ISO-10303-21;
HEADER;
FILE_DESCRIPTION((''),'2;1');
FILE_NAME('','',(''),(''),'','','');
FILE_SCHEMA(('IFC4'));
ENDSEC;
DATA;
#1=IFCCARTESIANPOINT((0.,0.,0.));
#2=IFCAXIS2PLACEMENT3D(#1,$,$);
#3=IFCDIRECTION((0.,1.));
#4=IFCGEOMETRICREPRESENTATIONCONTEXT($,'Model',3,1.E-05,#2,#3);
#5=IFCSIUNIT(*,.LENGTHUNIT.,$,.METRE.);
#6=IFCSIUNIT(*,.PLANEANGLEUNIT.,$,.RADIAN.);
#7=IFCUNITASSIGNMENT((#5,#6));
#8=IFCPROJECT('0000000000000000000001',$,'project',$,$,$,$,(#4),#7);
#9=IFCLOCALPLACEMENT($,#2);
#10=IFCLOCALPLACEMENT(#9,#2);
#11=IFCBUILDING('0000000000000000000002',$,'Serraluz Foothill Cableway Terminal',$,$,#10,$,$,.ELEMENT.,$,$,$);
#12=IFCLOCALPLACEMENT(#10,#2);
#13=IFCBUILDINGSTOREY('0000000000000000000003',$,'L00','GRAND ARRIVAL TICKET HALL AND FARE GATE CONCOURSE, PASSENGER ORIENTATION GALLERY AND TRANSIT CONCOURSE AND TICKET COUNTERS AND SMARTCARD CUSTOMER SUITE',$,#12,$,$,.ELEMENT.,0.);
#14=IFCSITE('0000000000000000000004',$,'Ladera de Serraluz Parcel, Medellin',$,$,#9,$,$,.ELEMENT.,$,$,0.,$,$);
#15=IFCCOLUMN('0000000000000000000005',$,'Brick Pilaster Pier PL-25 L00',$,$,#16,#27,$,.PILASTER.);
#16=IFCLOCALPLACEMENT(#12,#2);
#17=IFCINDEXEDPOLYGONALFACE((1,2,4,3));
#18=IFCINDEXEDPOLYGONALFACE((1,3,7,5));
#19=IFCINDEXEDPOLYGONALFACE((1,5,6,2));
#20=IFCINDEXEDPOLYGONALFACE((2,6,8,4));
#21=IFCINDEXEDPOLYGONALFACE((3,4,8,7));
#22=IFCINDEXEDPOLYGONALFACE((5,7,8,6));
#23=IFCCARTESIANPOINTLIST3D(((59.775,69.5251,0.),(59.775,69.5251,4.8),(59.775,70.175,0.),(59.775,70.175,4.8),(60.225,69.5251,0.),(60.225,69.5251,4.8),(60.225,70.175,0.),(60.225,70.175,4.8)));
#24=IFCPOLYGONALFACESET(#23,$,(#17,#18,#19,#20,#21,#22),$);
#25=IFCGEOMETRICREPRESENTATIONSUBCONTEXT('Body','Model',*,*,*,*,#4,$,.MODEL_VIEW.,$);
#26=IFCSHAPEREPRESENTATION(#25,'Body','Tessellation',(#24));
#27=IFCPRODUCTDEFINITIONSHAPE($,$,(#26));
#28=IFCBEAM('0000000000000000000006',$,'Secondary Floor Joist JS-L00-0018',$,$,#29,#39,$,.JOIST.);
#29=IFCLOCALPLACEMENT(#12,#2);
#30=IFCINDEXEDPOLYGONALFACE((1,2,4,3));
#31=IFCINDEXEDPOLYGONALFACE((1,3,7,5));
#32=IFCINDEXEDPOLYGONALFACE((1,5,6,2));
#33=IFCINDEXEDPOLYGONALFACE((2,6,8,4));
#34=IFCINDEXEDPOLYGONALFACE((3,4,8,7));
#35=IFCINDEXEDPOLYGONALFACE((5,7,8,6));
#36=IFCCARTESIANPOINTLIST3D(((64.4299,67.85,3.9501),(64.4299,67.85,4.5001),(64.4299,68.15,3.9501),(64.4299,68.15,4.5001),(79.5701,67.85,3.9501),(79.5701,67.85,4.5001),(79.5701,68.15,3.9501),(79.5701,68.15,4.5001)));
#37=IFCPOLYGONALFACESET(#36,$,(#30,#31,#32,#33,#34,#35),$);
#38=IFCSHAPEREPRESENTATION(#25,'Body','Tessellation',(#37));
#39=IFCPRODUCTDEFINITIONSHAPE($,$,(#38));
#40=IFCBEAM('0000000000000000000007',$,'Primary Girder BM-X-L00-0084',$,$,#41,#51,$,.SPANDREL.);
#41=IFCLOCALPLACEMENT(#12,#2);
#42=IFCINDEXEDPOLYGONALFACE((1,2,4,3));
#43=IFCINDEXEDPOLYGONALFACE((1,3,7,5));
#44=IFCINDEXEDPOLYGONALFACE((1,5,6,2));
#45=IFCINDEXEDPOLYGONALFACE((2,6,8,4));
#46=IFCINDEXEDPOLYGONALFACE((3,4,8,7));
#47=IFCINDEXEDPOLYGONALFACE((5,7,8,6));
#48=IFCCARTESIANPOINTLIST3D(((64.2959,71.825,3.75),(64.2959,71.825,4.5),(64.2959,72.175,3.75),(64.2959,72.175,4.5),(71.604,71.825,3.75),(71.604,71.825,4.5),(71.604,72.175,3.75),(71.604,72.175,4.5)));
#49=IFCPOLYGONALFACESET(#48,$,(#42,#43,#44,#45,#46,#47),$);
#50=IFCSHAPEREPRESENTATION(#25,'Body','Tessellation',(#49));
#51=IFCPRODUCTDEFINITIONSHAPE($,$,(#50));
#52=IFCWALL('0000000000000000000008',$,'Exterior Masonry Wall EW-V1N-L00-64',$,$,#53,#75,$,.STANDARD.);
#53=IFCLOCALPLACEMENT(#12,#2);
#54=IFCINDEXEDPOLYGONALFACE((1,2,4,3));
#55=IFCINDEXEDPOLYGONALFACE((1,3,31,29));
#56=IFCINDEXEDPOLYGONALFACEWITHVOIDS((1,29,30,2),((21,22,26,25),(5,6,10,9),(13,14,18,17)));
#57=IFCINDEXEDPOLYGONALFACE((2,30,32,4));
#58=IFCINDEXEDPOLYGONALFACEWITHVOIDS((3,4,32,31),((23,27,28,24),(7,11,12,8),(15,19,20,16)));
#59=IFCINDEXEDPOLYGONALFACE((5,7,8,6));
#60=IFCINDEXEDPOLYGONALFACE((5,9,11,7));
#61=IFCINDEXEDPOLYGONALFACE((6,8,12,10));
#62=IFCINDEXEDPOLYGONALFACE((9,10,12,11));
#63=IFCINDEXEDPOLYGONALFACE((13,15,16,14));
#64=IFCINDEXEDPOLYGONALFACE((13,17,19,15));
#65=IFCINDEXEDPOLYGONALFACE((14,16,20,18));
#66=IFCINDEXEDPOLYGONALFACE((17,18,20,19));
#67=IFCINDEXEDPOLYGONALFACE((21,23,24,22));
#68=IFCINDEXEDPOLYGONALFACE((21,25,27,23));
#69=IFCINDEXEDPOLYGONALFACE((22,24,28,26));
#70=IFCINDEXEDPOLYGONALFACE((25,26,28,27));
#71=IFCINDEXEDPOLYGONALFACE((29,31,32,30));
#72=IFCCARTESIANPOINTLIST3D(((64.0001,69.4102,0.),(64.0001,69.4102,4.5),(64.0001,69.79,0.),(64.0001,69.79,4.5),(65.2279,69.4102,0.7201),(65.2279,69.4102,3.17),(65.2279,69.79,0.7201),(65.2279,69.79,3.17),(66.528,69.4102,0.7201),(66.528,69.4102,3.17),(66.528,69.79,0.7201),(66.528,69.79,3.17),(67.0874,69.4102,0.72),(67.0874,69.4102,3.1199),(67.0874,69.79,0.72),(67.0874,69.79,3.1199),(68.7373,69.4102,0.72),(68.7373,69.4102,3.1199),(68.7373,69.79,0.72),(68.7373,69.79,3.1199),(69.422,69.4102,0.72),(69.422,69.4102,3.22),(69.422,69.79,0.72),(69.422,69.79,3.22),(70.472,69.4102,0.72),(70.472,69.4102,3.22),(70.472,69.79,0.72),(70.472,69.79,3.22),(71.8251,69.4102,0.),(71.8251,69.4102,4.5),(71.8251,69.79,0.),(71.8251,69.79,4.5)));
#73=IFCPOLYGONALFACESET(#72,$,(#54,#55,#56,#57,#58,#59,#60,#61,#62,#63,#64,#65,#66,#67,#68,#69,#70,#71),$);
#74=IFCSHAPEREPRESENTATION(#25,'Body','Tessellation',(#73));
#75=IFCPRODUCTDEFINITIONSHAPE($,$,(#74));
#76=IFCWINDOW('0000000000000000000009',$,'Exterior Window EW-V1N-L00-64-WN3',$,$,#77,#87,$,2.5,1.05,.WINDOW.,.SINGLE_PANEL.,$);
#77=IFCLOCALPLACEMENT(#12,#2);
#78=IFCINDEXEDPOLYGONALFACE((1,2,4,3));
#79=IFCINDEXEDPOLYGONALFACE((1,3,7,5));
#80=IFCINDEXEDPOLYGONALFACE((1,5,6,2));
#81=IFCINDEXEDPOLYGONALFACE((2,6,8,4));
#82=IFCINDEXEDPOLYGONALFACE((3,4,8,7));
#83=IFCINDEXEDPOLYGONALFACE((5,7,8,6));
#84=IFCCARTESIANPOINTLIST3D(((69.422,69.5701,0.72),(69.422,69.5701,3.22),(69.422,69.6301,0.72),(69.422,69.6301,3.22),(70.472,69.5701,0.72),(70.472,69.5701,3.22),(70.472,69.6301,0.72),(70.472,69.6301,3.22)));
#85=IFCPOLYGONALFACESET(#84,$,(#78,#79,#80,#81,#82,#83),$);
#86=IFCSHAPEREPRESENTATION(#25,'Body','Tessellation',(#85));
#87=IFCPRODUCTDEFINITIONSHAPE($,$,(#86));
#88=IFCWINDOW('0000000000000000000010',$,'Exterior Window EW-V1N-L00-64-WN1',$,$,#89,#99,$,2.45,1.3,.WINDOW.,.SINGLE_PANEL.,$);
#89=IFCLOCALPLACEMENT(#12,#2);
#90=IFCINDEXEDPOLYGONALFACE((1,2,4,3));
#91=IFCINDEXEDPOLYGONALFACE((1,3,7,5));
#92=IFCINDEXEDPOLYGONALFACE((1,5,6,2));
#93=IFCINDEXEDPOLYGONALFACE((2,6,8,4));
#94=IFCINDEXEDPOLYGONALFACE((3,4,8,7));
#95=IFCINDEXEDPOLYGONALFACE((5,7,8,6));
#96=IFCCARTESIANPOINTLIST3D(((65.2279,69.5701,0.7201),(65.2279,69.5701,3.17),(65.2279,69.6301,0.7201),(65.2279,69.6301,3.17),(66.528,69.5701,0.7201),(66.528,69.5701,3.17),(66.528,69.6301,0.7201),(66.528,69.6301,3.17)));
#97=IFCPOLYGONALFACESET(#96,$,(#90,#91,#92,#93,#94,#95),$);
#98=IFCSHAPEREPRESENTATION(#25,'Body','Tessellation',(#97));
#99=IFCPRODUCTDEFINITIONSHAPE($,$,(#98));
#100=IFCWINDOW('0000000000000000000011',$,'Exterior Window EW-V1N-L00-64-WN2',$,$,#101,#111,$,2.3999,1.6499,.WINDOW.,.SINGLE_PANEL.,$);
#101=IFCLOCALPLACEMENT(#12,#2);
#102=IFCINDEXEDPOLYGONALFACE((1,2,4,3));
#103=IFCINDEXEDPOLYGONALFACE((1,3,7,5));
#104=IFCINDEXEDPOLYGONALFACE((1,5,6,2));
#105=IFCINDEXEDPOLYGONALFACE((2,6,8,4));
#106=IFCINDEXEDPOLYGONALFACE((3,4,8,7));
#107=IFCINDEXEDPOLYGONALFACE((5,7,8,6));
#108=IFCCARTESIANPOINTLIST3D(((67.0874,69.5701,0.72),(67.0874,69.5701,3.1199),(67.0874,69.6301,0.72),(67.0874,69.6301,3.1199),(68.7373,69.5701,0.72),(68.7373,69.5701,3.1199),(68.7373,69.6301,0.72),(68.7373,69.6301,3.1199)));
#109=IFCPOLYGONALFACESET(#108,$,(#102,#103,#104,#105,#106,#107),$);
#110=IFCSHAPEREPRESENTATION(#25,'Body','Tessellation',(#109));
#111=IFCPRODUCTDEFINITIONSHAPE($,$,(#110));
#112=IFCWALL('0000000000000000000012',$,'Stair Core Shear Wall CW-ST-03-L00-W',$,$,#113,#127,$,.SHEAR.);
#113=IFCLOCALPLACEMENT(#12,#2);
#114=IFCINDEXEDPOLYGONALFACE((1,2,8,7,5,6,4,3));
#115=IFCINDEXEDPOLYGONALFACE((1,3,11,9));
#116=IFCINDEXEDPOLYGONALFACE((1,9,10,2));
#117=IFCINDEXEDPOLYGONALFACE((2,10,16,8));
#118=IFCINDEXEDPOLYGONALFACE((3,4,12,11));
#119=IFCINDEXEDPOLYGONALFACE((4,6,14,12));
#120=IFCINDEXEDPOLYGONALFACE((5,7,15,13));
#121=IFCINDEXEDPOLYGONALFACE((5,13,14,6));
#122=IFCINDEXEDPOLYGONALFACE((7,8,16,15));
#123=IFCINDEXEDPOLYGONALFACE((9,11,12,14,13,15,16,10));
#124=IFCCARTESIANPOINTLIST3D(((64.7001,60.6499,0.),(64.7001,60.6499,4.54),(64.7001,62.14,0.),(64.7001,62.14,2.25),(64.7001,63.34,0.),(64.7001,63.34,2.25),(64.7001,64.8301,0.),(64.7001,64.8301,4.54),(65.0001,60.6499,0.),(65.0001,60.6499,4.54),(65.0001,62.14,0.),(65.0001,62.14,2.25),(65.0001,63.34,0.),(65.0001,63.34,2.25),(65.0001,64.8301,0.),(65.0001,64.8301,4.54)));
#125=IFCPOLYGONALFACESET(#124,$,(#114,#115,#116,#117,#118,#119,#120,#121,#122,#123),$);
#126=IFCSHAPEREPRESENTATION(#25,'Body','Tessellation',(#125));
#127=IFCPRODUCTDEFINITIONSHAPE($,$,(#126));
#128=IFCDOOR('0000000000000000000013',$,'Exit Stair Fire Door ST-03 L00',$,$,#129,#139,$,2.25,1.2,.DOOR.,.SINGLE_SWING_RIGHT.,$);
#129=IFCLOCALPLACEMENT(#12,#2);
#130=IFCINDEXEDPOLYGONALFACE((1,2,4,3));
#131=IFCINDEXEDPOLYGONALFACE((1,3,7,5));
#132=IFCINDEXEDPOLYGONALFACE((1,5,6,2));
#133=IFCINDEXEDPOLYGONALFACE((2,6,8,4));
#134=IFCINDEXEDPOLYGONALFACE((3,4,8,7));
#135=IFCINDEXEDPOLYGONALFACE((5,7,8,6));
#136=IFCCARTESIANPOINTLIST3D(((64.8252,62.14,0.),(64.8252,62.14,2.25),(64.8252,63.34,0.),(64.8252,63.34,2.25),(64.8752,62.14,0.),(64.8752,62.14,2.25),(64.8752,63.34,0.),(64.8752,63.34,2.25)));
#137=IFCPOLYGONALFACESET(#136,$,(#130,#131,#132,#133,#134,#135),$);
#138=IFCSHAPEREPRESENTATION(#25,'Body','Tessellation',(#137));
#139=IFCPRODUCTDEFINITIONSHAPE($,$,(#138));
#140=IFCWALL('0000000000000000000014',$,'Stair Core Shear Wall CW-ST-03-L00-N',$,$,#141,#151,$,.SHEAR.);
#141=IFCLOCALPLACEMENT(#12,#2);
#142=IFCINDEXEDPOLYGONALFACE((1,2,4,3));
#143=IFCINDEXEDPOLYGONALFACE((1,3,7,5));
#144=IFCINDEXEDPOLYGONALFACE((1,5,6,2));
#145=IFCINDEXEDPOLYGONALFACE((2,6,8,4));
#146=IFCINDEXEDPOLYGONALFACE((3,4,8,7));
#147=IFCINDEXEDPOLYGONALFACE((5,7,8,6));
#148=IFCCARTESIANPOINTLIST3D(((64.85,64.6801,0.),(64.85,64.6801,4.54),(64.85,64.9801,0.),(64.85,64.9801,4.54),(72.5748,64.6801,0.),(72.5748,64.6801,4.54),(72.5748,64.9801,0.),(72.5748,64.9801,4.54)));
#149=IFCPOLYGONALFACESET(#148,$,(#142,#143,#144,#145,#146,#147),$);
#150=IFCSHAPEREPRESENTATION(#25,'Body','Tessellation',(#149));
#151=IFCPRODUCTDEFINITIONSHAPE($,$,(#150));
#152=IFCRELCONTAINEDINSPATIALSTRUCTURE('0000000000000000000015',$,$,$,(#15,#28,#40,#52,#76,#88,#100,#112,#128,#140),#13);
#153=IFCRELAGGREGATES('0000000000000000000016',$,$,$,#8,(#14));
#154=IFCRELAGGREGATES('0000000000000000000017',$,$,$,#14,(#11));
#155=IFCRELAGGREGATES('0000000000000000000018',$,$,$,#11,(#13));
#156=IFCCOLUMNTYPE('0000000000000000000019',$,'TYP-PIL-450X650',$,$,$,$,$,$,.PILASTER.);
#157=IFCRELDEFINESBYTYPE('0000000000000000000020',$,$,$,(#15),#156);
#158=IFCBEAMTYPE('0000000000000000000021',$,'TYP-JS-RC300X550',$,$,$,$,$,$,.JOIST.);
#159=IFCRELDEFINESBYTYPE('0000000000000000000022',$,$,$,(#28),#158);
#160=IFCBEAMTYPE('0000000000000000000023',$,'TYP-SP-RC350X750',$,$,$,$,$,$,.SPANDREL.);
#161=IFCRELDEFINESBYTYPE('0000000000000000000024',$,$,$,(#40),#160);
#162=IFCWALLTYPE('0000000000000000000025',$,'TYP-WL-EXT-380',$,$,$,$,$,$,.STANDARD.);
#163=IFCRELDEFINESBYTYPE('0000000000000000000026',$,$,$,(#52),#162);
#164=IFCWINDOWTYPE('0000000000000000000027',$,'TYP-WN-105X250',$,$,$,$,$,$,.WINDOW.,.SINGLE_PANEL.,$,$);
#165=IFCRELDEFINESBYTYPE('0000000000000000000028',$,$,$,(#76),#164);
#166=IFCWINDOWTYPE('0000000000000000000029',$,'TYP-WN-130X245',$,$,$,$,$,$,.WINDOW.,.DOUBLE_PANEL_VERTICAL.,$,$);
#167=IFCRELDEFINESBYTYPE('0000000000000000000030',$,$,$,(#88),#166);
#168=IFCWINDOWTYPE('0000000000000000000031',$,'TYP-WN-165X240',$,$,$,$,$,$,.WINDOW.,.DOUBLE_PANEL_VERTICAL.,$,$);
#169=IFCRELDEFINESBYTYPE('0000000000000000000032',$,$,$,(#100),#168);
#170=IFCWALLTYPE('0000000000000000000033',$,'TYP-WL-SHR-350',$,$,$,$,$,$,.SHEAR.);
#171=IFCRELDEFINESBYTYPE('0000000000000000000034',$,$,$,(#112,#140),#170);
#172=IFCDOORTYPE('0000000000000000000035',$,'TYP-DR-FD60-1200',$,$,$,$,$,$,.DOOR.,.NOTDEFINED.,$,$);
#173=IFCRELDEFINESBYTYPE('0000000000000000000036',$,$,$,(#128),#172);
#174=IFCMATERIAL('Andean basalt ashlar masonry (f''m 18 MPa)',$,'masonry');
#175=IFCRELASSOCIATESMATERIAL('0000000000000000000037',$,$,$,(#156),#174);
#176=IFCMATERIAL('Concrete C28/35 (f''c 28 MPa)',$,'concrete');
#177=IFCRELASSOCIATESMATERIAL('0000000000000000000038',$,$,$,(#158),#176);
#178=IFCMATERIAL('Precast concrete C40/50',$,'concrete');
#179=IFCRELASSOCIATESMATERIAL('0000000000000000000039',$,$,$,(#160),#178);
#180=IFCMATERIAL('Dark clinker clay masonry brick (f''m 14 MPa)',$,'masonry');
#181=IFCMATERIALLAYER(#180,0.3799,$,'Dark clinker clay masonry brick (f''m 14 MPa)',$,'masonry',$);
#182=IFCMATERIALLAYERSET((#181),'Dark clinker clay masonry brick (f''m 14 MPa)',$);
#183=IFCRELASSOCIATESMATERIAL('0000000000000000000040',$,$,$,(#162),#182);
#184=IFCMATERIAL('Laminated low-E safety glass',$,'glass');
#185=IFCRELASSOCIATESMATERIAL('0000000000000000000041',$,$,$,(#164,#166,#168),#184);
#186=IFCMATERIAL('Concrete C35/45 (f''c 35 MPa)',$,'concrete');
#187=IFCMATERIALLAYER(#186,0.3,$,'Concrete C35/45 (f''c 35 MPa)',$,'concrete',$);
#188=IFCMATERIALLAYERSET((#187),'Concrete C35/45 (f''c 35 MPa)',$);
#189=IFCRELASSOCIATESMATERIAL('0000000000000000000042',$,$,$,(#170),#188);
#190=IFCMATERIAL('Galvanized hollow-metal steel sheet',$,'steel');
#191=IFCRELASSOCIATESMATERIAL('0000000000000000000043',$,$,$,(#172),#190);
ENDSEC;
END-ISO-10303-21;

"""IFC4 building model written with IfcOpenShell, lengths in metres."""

from ifc_helpers import new_model, si_unit, direction, frame, frame_2d, origin, origin_2d, place, context, subcontext, project, spatial, rectangle, extrude, material, layer, layer_set, material_profile, profile_set, type_object, element, fill, save


model = new_model("IFC4")

# Units and contexts
model_context = context("Model", 3, precision=1e-05, world=origin(), true_north=direction((0.0, 1.0)))
body_context = subcontext(model_context, "Body", "Model", "MODEL_VIEW")
ifc_project = project(units=[si_unit("LENGTHUNIT", "METRE"), si_unit("PLANEANGLEUNIT", "RADIAN")], contexts=[model_context])

# Site, building, storey
site_placement = place(None, origin())
site = spatial("IfcSite", under=ifc_project, at=site_placement, Name="Ladera de Serraluz Parcel, Medellin", CompositionType="ELEMENT", RefElevation=0.0)
building_placement = place(site_placement, origin())
building = spatial("IfcBuilding", under=site, at=building_placement, Name="Serraluz Foothill Cableway Terminal", CompositionType="ELEMENT")
storey_placement = place(building_placement, origin())
storey = spatial("IfcBuildingStorey", under=building, at=storey_placement, Name="L00", Description="GRAND ARRIVAL TICKET HALL AND FARE GATE CONCOURSE, PASSENGER ORIENTATION GALLERY AND TRANSIT CONCOURSE AND TICKET COUNTERS AND SMARTCARD CUSTOMER SUITE", CompositionType="ELEMENT", Elevation=0.0)

# Shared definitions
ifc_material_1 = material(Name="Concrete C35/45 (f'c 35 MPa)", Category="concrete")

# Shared definitions
ifc_material_2 = material(Name="Concrete C28/35 (f'c 28 MPa)", Category="concrete")

# Column
ifc_material_3 = material(Name="Andean basalt ashlar masonry (f'm 18 MPa)", Category="masonry")
ifc_material_profile_1 = material_profile(ifc_material_3, rectangle(XDim=0.45, YDim=0.6499, at=origin_2d()), Name="PIL 450x650")
ifc_profile_set_1 = profile_set([ifc_material_profile_1], Name="Andean basalt ashlar masonry (f'm 18 MPa)")
column_type_1 = type_object("IfcColumnType", Name="TYP-PIL-450X650", PredefinedType="PILASTER", material=ifc_profile_set_1)
column_1_placement = place(storey_placement, frame((60.0, 69.8501, 0.0), z_axis=(0.0, 0.0, 1.0), x_axis=(1.0, 0.0, 0.0)))
element("IfcColumn", 1, at=column_1_placement, inside=storey, type_object=column_type_1, Name="Brick Pilaster Pier PL-25 L00", PredefinedType="PILASTER", context=body_context, shape_type="SweptSolid", body=[
    extrude(rectangle(XDim=0.45, YDim=0.6499, at=origin_2d()), origin(), (0.0, 0.0, 1.0), 4.8),
])

# Beams
ifc_material_profile_2 = material_profile(ifc_material_2, rectangle(XDim=0.3, YDim=0.55, at=origin_2d()), Name="RC 300x550")
ifc_profile_set_2 = profile_set([ifc_material_profile_2], Name="Concrete C28/35 (f'c 28 MPa)")
beam_type_1 = type_object("IfcBeamType", Name="TYP-JS-RC300X550", PredefinedType="JOIST", material=ifc_profile_set_2)
beam_1_placement = place(storey_placement, frame((64.4299, 68.0, 4.2251), z_axis=(1.0, 0.0, 0.0), x_axis=(0.0, 1.0, 0.0)))
element("IfcBeam", 2, at=beam_1_placement, inside=storey, type_object=beam_type_1, Name="Secondary Floor Joist JS-L00-0018", PredefinedType="JOIST", context=body_context, shape_type="SweptSolid", body=[
    extrude(rectangle(XDim=0.3, YDim=0.55, at=origin_2d()), origin(), (0.0, 0.0, 1.0), 15.1401),
])
ifc_material_4 = material(Name="Precast concrete C40/50", Category="concrete")
ifc_material_profile_3 = material_profile(ifc_material_4, rectangle(XDim=0.3501, YDim=0.75, at=origin_2d()), Name="RC SP 350x750")
ifc_profile_set_3 = profile_set([ifc_material_profile_3], Name="Precast concrete C40/50")
beam_type_2 = type_object("IfcBeamType", Name="TYP-SP-RC350X750", PredefinedType="SPANDREL", material=ifc_profile_set_3)
beam_2_placement = place(storey_placement, frame((64.2959, 72.0, 4.125), z_axis=(1.0, 0.0, 0.0), x_axis=(0.0, 1.0, 0.0)))
element("IfcBeam", 3, at=beam_2_placement, inside=storey, type_object=beam_type_2, Name="Primary Girder BM-X-L00-0084", PredefinedType="SPANDREL", context=body_context, shape_type="SweptSolid", body=[
    extrude(rectangle(XDim=0.3501, YDim=0.75, at=origin_2d()), origin(), (0.0, 0.0, 1.0), 7.3081),
])

# Wall, openings, windows
ifc_material_5 = material(Name="Dark clinker clay masonry brick (f'm 14 MPa)", Category="masonry")
ifc_layer_1 = layer(ifc_material_5, 0.3799, Name="Dark clinker clay masonry brick (f'm 14 MPa)", Category="masonry")
ifc_layer_set_1 = layer_set([ifc_layer_1], Name="Dark clinker clay masonry brick (f'm 14 MPa)")
wall_type_1 = type_object("IfcWallType", Name="TYP-WL-EXT-380", PredefinedType="STANDARD", material=ifc_layer_set_1)
wall_1_placement = place(storey_placement, frame((64.0, 69.6001, 0.0), z_axis=(0.0, 0.0, 1.0), x_axis=(1.0, 0.0, 0.0)))
wall_1 = element("IfcWall", 4, at=wall_1_placement, inside=storey, type_object=wall_type_1, Name="Exterior Masonry Wall EW-V1N-L00-64", PredefinedType="STANDARD", context=body_context, shape_type="SweptSolid", body=[
    extrude(rectangle(XDim=7.825, YDim=0.3799, at=frame_2d((3.9126, 0.0))), origin(), (0.0, 0.0, 1.0), 4.5),
])
opening_1_placement = place(wall_1_placement, frame((1.228, 0.0, 0.72)))
opening_1 = element("IfcOpeningElement", 5, at=opening_1_placement, cuts=wall_1, PredefinedType="OPENING", context=body_context, shape_type="SweptSolid", body=[
    extrude(rectangle(XDim=1.3, YDim=2.45, at=frame_2d((0.6499, 1.2251))), frame((0.0, 0.2, 0.0), z_axis=(0.0, -1.0, 0.0), x_axis=(1.0, 0.0, 0.0)), (0.0, 0.0, 1.0), 0.3999),
])
opening_2_placement = place(wall_1_placement, frame((3.0874, 0.0, 0.72)))
opening_2 = element("IfcOpeningElement", 6, at=opening_2_placement, cuts=wall_1, PredefinedType="OPENING", context=body_context, shape_type="SweptSolid", body=[
    extrude(rectangle(XDim=1.6499, YDim=2.3999, at=frame_2d((0.825, 1.2))), frame((0.0, 0.2, 0.0), z_axis=(0.0, -1.0, 0.0), x_axis=(1.0, 0.0, 0.0)), (0.0, 0.0, 1.0), 0.3999),
])
opening_3_placement = place(wall_1_placement, frame((5.4221, 0.0, 0.72)))
opening_3 = element("IfcOpeningElement", 7, at=opening_3_placement, cuts=wall_1, PredefinedType="OPENING", context=body_context, shape_type="SweptSolid", body=[
    extrude(rectangle(XDim=1.05, YDim=2.5, at=frame_2d((0.5249, 1.25))), frame((0.0, 0.2, 0.0), z_axis=(0.0, -1.0, 0.0), x_axis=(1.0, 0.0, 0.0)), (0.0, 0.0, 1.0), 0.3999),
])
ifc_material_6 = material(Name="Laminated low-E safety glass", Category="glass")
window_type_1 = type_object("IfcWindowType", Name="TYP-WN-105X250", PartitioningType="SINGLE_PANEL", PredefinedType="WINDOW", material=ifc_material_6)
window_1_placement = place(opening_3_placement, origin())
window_1 = element("IfcWindow", 8, at=window_1_placement, inside=storey, type_object=window_type_1, Name="Exterior Window EW-V1N-L00-64-WN3", OverallHeight=2.5, OverallWidth=1.05, PartitioningType="SINGLE_PANEL", PredefinedType="WINDOW", context=body_context, shape_type="SweptSolid", body=[
    extrude(rectangle(XDim=1.05, YDim=2.5, at=frame_2d((0.5249, 1.25))), frame((0.0, 0.03, 0.0), z_axis=(0.0, -1.0, 0.0), x_axis=(1.0, 0.0, 0.0)), (0.0, 0.0, 1.0), 0.0601),
])
fill(opening_3, window_1)
window_type_2 = type_object("IfcWindowType", Name="TYP-WN-130X245", PartitioningType="DOUBLE_PANEL_VERTICAL", PredefinedType="WINDOW", material=ifc_material_6)
window_2_placement = place(opening_1_placement, origin())
window_2 = element("IfcWindow", 9, at=window_2_placement, inside=storey, type_object=window_type_2, Name="Exterior Window EW-V1N-L00-64-WN1", OverallHeight=2.45, OverallWidth=1.3, PartitioningType="SINGLE_PANEL", PredefinedType="WINDOW", context=body_context, shape_type="SweptSolid", body=[
    extrude(rectangle(XDim=1.3, YDim=2.45, at=frame_2d((0.6499, 1.2251))), frame((0.0, 0.03, 0.0), z_axis=(0.0, -1.0, 0.0), x_axis=(1.0, 0.0, 0.0)), (0.0, 0.0, 1.0), 0.0601),
])
fill(opening_1, window_2)
window_type_3 = type_object("IfcWindowType", Name="TYP-WN-165X240", PartitioningType="DOUBLE_PANEL_VERTICAL", PredefinedType="WINDOW", material=ifc_material_6)
window_3_placement = place(opening_2_placement, origin())
window_3 = element("IfcWindow", 10, at=window_3_placement, inside=storey, type_object=window_type_3, Name="Exterior Window EW-V1N-L00-64-WN2", OverallHeight=2.3999, OverallWidth=1.6499, PartitioningType="SINGLE_PANEL", PredefinedType="WINDOW", context=body_context, shape_type="SweptSolid", body=[
    extrude(rectangle(XDim=1.6499, YDim=2.3999, at=frame_2d((0.825, 1.2))), frame((0.0, 0.03, 0.0), z_axis=(0.0, -1.0, 0.0), x_axis=(1.0, 0.0, 0.0)), (0.0, 0.0, 1.0), 0.0601),
])
fill(opening_2, window_3)

# Wall, opening, door
ifc_layer_2 = layer(ifc_material_1, 0.3, Name="Concrete C35/45 (f'c 35 MPa)", Category="concrete")
ifc_layer_set_2 = layer_set([ifc_layer_2], Name="Concrete C35/45 (f'c 35 MPa)")
wall_type_2 = type_object("IfcWallType", Name="TYP-WL-SHR-350", PredefinedType="SHEAR", material=ifc_layer_set_2)
wall_2_placement = place(storey_placement, frame((64.8501, 60.6499, 0.0), z_axis=(0.0, 0.0, 1.0), x_axis=(0.0, 1.0, 0.0)))
wall_2 = element("IfcWall", 11, at=wall_2_placement, inside=storey, type_object=wall_type_2, Name="Stair Core Shear Wall CW-ST-03-L00-W", PredefinedType="SHEAR", context=body_context, shape_type="SweptSolid", body=[
    extrude(rectangle(XDim=4.1802, YDim=0.3, at=frame_2d((2.0901, 0.0))), origin(), (0.0, 0.0, 1.0), 4.54),
])
opening_4_placement = place(wall_2_placement, frame((1.49, 0.0, 0.0)))
opening_4 = element("IfcOpeningElement", 12, at=opening_4_placement, cuts=wall_2, PredefinedType="OPENING", context=body_context, shape_type="SweptSolid", body=[
    extrude(rectangle(XDim=1.2, YDim=2.25, at=frame_2d((0.6001, 1.125))), frame((0.0, 0.1602, 0.0), z_axis=(0.0, -1.0, 0.0), x_axis=(1.0, 0.0, 0.0)), (0.0, 0.0, 1.0), 0.3201),
])
ifc_material_7 = material(Name="Galvanized hollow-metal steel sheet", Category="steel")
door_type = type_object("IfcDoorType", Name="TYP-DR-FD60-1200", OperationType="NOTDEFINED", PredefinedType="DOOR", material=ifc_material_7)
door_placement = place(opening_4_placement, origin())
door = element("IfcDoor", 13, at=door_placement, inside=storey, type_object=door_type, Name="Exit Stair Fire Door ST-03 L00", OperationType="SINGLE_SWING_RIGHT", OverallHeight=2.25, OverallWidth=1.2, PredefinedType="DOOR", context=body_context, shape_type="SweptSolid", body=[
    extrude(rectangle(XDim=1.2, YDim=2.25, at=frame_2d((0.6001, 1.125))), frame((0.0, 0.0249, 0.0), z_axis=(0.0, -1.0, 0.0), x_axis=(1.0, 0.0, 0.0)), (0.0, 0.0, 1.0), 0.05),
])
fill(opening_4, door)

# Wall
wall_3_placement = place(storey_placement, frame((64.8501, 64.8301, 0.0), z_axis=(0.0, 0.0, 1.0), x_axis=(1.0, 0.0, 0.0)))
element("IfcWall", 14, at=wall_3_placement, inside=storey, type_object=wall_type_2, Name="Stair Core Shear Wall CW-ST-03-L00-N", PredefinedType="SHEAR", context=body_context, shape_type="SweptSolid", body=[
    extrude(rectangle(XDim=7.7249, YDim=0.3, at=frame_2d((3.8623, 0.0))), origin(), (0.0, 0.0, 1.0), 4.54),
])

save(model, "model.ifc")
